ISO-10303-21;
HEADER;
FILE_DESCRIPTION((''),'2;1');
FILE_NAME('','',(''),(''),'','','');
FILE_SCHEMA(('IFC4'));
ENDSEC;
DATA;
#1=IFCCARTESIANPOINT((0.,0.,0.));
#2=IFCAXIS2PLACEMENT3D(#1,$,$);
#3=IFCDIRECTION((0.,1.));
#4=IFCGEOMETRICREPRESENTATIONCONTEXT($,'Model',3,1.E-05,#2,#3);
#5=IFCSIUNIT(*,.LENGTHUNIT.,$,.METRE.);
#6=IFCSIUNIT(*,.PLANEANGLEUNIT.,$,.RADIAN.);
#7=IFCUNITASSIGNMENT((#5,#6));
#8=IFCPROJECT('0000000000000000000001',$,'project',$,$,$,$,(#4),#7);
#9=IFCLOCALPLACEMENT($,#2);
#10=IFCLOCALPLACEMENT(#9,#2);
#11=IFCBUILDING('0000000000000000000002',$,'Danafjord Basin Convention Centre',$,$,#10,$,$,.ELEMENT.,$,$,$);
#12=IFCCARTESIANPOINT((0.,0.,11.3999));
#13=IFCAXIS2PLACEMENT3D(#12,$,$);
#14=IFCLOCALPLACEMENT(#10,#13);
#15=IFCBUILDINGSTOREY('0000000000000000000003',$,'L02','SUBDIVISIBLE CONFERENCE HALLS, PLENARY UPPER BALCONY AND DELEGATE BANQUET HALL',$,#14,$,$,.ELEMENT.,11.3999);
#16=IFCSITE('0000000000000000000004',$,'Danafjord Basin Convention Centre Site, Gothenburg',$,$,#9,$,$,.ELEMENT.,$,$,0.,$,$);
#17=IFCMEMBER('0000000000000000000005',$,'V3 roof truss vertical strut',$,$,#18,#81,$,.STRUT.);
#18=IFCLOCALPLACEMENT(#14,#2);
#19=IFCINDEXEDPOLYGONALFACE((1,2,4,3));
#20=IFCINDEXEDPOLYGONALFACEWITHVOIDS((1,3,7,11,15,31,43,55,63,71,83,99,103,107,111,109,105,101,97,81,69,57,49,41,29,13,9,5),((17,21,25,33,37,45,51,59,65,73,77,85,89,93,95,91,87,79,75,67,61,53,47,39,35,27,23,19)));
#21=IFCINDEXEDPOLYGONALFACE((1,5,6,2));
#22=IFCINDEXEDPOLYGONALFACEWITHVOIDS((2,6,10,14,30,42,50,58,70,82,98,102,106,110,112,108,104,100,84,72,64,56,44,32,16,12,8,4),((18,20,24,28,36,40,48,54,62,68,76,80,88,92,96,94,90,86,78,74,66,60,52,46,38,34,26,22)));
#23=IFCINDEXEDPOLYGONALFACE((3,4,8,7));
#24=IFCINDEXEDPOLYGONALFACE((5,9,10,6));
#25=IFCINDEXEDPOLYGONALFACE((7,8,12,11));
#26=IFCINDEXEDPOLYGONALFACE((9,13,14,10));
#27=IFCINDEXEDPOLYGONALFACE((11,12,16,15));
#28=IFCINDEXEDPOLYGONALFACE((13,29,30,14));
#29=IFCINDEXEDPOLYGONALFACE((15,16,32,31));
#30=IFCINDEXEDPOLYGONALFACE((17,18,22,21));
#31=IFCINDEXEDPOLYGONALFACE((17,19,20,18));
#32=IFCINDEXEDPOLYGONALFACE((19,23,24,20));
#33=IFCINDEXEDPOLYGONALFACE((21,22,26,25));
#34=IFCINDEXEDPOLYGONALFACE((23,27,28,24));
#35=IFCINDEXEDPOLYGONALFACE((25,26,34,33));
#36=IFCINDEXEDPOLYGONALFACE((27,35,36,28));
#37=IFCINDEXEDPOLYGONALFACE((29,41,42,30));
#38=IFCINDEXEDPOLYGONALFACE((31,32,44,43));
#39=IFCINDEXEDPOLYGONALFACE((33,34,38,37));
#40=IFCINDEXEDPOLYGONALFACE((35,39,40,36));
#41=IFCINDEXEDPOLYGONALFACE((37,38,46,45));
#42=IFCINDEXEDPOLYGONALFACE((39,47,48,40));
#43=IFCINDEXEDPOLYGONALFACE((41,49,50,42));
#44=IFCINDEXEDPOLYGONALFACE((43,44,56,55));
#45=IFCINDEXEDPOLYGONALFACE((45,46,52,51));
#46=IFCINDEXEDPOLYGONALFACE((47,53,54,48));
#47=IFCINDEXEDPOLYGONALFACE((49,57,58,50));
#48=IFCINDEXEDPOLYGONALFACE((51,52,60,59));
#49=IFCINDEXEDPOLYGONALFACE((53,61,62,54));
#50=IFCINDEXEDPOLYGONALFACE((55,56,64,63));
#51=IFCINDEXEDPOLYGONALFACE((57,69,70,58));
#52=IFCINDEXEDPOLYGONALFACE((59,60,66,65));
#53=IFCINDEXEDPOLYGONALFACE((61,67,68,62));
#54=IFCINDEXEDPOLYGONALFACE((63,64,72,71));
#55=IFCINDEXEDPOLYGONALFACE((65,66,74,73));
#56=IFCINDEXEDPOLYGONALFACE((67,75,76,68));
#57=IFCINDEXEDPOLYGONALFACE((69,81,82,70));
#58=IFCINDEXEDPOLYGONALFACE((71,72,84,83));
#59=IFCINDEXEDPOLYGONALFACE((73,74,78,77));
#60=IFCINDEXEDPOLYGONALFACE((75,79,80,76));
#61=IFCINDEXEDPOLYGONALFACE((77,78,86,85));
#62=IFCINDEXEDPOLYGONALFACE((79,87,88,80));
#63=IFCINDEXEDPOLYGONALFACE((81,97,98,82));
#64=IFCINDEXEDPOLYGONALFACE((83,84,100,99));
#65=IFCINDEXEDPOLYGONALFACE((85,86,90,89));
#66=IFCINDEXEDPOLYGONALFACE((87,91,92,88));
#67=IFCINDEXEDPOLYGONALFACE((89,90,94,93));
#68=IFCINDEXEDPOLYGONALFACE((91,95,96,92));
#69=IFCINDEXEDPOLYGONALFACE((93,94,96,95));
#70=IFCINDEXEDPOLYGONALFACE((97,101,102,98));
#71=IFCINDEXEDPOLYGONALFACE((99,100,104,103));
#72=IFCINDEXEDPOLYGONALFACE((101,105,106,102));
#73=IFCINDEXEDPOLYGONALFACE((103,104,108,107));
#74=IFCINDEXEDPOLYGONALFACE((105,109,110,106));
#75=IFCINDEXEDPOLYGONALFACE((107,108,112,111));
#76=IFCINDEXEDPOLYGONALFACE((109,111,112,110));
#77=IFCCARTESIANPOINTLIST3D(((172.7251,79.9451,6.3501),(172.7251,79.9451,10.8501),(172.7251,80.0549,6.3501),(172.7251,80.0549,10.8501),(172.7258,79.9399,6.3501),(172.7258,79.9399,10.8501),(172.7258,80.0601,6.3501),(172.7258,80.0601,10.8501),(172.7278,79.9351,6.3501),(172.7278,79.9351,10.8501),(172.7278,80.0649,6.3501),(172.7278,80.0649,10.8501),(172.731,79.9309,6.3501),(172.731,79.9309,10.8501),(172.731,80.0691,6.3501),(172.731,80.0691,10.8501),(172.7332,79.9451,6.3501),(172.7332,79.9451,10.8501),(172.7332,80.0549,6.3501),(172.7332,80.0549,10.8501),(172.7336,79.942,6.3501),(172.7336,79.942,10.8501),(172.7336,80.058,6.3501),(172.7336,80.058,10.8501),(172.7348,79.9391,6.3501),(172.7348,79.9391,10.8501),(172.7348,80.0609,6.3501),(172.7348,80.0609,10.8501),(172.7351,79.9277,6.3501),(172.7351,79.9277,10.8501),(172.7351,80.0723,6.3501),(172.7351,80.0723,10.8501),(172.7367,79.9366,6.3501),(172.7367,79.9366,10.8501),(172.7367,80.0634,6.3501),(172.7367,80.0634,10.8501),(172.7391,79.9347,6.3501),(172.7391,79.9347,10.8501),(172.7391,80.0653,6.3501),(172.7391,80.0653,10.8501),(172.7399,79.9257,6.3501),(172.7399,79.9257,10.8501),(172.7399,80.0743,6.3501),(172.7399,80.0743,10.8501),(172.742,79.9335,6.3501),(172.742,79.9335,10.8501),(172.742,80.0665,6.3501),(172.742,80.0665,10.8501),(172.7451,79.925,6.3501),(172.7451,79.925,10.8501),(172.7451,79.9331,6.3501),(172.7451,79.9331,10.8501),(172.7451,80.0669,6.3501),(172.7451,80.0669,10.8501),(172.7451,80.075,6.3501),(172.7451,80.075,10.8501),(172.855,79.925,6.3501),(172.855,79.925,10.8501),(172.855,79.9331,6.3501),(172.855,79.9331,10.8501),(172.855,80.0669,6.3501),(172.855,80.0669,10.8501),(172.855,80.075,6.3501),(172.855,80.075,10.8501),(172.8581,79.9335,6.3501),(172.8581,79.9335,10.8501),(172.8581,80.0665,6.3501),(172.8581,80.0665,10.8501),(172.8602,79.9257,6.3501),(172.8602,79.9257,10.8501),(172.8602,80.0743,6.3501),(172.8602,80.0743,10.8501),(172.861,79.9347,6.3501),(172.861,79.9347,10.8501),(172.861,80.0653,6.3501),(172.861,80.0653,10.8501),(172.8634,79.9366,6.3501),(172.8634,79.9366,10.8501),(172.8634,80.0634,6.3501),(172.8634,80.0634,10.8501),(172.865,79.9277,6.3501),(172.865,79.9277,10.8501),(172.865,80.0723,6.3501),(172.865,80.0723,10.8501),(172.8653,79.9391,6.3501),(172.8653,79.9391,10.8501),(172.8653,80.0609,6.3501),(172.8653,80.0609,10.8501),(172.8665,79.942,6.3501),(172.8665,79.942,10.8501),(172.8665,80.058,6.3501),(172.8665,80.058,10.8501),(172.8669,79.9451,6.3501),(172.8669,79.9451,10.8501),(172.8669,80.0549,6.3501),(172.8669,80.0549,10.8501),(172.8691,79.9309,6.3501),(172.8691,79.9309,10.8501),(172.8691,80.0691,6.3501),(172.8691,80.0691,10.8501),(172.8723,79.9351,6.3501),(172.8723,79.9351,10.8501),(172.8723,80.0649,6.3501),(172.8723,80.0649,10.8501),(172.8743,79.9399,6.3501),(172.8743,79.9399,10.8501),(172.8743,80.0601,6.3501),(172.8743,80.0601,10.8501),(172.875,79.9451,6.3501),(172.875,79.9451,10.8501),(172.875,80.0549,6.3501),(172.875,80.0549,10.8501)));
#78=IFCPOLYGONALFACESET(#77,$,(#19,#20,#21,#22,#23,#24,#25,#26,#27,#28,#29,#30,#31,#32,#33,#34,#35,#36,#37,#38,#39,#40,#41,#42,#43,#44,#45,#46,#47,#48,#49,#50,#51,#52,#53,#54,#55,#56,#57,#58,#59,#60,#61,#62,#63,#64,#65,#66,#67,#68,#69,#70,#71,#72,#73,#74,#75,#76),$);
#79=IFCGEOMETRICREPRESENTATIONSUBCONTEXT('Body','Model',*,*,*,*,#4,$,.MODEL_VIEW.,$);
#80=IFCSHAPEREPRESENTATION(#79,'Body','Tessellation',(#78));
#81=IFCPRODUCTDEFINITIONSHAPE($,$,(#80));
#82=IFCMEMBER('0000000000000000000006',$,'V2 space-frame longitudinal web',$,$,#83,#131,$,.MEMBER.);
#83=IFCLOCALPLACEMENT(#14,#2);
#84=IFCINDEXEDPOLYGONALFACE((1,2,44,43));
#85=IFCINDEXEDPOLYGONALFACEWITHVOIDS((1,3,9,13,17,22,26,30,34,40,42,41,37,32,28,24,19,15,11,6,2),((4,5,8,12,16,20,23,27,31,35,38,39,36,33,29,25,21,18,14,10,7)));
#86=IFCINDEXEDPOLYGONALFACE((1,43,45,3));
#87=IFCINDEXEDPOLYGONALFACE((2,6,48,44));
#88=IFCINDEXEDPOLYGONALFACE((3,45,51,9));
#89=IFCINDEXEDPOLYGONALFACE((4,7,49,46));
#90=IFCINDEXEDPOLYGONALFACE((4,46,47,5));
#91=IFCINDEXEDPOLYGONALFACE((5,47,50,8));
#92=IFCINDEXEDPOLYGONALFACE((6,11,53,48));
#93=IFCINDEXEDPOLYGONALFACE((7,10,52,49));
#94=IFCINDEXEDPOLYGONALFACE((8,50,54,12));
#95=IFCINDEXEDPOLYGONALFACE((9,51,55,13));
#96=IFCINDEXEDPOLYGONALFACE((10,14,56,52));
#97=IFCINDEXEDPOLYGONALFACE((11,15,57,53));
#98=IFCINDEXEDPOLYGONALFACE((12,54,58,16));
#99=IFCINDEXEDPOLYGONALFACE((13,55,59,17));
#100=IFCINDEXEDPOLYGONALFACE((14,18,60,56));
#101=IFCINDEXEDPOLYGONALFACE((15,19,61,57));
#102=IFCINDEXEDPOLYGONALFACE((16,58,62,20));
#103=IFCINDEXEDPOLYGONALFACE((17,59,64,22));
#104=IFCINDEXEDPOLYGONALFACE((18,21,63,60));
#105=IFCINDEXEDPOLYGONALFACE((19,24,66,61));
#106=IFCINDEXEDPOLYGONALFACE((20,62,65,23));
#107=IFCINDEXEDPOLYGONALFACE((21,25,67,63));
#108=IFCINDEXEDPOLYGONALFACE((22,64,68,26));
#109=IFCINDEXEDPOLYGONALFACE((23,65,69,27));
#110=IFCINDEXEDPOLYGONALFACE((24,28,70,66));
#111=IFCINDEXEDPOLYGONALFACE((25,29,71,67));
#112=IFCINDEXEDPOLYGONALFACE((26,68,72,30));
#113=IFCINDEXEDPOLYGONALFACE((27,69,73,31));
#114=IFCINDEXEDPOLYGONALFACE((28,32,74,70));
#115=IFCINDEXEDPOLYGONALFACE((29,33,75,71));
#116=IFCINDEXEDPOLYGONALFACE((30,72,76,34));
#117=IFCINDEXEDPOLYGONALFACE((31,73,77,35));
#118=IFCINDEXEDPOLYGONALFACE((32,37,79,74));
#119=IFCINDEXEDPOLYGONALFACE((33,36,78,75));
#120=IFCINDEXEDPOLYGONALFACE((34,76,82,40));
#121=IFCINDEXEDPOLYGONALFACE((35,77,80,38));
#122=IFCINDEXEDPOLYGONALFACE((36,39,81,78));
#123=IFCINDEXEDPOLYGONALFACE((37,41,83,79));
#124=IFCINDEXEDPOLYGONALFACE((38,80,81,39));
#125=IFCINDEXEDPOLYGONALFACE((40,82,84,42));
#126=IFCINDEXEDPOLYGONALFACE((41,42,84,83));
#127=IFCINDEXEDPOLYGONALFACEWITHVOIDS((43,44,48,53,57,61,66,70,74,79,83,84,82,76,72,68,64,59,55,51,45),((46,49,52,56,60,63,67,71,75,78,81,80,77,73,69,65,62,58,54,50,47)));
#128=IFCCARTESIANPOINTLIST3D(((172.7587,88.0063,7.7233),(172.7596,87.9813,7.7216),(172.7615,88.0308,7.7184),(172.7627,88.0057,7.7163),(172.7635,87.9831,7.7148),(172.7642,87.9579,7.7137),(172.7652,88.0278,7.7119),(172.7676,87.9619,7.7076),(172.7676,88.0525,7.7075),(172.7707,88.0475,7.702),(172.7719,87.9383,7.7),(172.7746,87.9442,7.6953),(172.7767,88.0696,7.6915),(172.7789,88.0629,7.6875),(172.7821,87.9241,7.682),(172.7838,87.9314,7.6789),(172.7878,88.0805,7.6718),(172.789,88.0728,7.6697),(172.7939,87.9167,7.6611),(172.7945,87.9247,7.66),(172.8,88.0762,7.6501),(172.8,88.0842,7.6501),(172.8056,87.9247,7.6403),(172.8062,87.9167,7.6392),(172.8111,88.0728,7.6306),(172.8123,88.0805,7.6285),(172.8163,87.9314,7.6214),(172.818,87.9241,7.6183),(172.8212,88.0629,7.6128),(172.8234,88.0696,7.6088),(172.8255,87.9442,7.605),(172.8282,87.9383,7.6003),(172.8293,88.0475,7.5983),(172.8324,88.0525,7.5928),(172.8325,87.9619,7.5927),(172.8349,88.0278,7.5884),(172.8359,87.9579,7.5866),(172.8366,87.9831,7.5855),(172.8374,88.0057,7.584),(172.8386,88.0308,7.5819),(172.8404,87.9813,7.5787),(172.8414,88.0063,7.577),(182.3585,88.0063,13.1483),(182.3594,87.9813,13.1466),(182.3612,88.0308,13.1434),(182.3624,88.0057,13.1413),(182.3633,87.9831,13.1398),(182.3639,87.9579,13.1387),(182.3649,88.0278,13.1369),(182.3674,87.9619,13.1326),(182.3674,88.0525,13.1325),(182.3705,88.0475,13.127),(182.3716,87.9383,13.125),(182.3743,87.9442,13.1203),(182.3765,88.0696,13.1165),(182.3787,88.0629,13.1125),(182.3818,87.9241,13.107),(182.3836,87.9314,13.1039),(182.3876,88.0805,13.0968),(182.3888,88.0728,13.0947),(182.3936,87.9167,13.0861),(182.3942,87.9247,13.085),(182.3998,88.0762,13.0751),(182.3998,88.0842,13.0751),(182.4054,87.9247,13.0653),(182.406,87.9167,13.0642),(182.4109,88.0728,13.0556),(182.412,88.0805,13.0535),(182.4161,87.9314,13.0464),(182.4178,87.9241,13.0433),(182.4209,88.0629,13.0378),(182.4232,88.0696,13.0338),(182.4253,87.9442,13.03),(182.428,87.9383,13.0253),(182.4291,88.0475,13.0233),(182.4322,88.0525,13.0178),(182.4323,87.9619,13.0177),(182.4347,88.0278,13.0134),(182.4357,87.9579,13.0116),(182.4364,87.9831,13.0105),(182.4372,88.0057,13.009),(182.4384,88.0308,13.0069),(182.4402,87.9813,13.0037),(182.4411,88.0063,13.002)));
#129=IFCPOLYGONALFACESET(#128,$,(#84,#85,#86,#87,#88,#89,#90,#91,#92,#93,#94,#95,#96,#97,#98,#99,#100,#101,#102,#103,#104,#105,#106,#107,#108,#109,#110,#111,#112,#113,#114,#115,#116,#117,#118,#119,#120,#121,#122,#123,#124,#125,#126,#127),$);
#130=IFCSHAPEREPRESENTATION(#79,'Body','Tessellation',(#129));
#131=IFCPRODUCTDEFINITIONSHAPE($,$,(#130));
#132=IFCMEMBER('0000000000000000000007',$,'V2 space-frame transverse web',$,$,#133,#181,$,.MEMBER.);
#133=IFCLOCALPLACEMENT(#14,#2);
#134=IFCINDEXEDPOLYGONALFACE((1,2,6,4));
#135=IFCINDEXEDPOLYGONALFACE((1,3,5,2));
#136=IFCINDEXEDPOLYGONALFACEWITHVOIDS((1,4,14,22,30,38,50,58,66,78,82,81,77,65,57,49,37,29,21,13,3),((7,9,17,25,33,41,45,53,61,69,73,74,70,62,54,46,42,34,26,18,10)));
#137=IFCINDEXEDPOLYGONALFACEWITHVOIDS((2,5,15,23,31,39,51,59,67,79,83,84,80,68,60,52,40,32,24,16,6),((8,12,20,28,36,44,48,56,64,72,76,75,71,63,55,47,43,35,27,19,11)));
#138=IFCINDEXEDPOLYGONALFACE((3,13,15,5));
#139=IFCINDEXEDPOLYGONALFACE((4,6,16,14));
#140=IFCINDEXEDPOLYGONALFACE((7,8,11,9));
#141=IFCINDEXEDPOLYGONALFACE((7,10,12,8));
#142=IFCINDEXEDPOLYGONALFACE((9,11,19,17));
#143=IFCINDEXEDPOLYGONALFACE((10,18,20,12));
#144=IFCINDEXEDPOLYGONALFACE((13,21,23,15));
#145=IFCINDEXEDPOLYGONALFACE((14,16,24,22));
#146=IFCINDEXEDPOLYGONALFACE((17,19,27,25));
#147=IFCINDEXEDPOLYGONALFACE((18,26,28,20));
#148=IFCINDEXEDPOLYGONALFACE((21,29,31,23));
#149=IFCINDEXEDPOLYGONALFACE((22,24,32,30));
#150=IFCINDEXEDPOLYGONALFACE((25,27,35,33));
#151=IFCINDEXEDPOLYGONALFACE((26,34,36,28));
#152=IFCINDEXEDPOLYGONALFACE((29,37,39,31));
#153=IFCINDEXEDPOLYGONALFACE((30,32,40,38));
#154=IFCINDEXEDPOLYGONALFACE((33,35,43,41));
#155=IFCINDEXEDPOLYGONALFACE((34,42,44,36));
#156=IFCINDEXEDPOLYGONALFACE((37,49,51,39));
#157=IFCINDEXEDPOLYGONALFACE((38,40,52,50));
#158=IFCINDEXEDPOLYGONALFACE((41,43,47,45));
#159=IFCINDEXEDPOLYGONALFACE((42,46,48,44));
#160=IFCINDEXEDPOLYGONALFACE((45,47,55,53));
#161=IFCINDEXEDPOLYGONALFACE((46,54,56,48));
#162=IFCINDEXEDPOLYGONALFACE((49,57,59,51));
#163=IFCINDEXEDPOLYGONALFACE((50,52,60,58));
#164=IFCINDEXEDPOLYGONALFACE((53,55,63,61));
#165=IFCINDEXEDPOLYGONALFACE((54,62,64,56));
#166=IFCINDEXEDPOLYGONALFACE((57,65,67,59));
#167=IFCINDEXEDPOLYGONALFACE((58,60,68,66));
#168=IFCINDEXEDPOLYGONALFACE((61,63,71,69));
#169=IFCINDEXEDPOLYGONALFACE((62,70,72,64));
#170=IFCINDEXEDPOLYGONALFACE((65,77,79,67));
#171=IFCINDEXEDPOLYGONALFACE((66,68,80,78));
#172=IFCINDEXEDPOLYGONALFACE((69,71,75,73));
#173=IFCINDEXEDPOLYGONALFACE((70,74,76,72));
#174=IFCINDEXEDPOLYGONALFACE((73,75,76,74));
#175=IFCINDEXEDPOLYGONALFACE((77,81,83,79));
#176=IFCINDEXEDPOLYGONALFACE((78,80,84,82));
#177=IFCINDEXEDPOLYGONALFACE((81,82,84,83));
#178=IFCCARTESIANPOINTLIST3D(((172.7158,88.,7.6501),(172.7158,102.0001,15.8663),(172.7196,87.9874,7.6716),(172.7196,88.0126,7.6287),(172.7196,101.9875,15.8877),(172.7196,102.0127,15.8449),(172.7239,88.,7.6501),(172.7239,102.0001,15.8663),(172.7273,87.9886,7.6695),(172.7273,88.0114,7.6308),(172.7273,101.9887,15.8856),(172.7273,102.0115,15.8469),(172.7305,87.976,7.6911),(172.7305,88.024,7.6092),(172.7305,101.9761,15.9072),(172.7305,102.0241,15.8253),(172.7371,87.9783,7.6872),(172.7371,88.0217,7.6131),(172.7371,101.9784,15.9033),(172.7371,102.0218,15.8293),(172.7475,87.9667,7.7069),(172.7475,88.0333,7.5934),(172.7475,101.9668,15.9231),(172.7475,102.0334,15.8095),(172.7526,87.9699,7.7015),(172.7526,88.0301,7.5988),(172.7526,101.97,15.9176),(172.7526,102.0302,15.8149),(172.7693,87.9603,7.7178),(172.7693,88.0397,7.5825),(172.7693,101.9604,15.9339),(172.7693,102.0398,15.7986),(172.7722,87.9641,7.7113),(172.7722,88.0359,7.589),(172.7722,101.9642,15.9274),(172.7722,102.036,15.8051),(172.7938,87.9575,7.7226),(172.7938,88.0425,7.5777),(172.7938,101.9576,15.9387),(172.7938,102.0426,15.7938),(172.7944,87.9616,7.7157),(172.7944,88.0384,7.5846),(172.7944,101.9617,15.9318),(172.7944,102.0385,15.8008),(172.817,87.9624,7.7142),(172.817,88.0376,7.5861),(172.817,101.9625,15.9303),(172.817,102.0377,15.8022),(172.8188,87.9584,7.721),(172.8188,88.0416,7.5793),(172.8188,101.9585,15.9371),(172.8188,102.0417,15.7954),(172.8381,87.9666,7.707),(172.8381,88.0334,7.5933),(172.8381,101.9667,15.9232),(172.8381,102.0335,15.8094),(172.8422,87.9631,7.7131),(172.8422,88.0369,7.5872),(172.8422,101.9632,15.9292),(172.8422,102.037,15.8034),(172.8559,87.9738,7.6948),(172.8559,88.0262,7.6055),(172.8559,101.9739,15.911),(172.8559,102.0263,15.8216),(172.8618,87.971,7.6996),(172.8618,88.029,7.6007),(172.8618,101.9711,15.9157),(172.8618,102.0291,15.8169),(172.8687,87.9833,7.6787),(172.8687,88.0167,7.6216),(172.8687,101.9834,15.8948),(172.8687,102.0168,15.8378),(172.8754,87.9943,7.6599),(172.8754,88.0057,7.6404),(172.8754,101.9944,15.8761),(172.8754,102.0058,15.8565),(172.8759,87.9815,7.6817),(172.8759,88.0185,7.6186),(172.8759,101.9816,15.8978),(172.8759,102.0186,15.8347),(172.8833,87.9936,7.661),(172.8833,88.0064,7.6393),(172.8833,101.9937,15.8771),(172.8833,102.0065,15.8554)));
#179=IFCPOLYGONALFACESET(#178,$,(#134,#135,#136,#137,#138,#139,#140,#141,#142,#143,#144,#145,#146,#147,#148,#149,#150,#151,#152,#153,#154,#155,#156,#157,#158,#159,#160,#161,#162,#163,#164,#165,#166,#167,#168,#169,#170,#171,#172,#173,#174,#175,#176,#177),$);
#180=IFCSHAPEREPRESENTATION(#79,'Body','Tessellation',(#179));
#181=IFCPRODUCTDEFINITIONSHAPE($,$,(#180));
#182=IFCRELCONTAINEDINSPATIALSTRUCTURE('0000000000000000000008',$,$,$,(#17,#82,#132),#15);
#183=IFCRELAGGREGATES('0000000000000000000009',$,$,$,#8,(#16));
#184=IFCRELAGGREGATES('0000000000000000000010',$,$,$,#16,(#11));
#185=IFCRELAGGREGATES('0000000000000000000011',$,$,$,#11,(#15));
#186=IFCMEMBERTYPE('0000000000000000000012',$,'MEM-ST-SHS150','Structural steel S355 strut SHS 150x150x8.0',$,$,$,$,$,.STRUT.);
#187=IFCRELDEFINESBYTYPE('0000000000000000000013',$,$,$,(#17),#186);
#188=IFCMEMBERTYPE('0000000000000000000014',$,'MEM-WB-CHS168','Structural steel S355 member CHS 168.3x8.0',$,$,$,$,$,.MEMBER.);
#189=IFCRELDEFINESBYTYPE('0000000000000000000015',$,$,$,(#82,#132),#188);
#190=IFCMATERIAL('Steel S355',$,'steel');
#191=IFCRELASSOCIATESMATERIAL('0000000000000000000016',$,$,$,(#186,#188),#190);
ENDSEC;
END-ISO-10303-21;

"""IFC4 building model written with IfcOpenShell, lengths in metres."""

from ifc_helpers import new_model, si_unit, direction, frame, origin, origin_2d, place, context, subcontext, project, spatial, hollow_rectangle, hollow_circle, extrude, material, material_profile, profile_set, type_object, element, save


model = new_model("IFC4")

# Units and contexts
model_context = context("Model", 3, precision=1e-05, world=origin(), true_north=direction((0.0, 1.0)))
body_context = subcontext(model_context, "Body", "Model", "MODEL_VIEW")
ifc_project = project(units=[si_unit("LENGTHUNIT", "METRE"), si_unit("PLANEANGLEUNIT", "RADIAN")], contexts=[model_context])

# Site, building, storey
site_placement = place(None, origin())
site = spatial("IfcSite", under=ifc_project, at=site_placement, Name="Danafjord Basin Convention Centre Site, Gothenburg", CompositionType="ELEMENT", RefElevation=0.0)
building_placement = place(site_placement, origin())
building = spatial("IfcBuilding", under=site, at=building_placement, Name="Danafjord Basin Convention Centre", CompositionType="ELEMENT")
storey_placement = place(building_placement, frame((0.0, 0.0, 11.3999)))
storey = spatial("IfcBuildingStorey", under=building, at=storey_placement, Name="L02", Description="SUBDIVISIBLE CONFERENCE HALLS, PLENARY UPPER BALCONY AND DELEGATE BANQUET HALL", CompositionType="ELEMENT", Elevation=11.3999)

# Shared definitions
ifc_material_1 = material(Name="Steel S355", Category="steel")

# Members
ifc_material_profile_1 = material_profile(ifc_material_1, hollow_rectangle(XDim=0.1499, YDim=0.1499, WallThickness=0.0081, InnerFilletRadius=0.012, OuterFilletRadius=0.02, at=origin_2d()), Name="SHS 150x150x8.0")
ifc_profile_set_1 = profile_set([ifc_material_profile_1], Name="Steel S355")
member_type_1 = type_object("IfcMemberType", Name="MEM-ST-SHS150", Description="Structural steel S355 strut SHS 150x150x8.0", PredefinedType="STRUT", material=ifc_profile_set_1)
member_1_placement = place(storey_placement, frame((172.8, 80.0, 6.3501), z_axis=(0.0, 0.0, 1.0), x_axis=(1.0, 0.0, 0.0)))
element("IfcMember", 1, at=member_1_placement, inside=storey, type_object=member_type_1, Name="V3 roof truss vertical strut", PredefinedType="STRUT", context=body_context, shape_type="SweptSolid", body=[
    extrude(hollow_rectangle(XDim=0.1499, YDim=0.1499, WallThickness=0.0081, InnerFilletRadius=0.012, OuterFilletRadius=0.02, at=origin_2d()), origin(), (0.0, 0.0, 1.0), 4.5),
])
ifc_material_profile_2 = material_profile(ifc_material_1, hollow_circle(Radius=0.0842, WallThickness=0.0081, at=origin_2d()), Name="CHS 168.3x8.0")
ifc_profile_set_2 = profile_set([ifc_material_profile_2], Name="Steel S355")
member_type_2 = type_object("IfcMemberType", Name="MEM-WB-CHS168", Description="Structural steel S355 member CHS 168.3x8.0", PredefinedType="MEMBER", material=ifc_profile_set_2)
member_2_placement = place(storey_placement, frame((172.8, 88.0, 7.6501), z_axis=(0.8706, 0.0, 0.491992), x_axis=(0.0, 1.0, 0.0)))
element("IfcMember", 2, at=member_2_placement, inside=storey, type_object=member_type_2, Name="V2 space-frame longitudinal web", PredefinedType="MEMBER", context=body_context, shape_type="SweptSolid", body=[
    extrude(hollow_circle(Radius=0.0842, WallThickness=0.0081, at=origin_2d()), origin(), (0.0, 0.0, 1.0), 11.0266),
])
member_3_placement = place(storey_placement, frame((172.8, 88.0, 7.6501), z_axis=(0.0, 0.862451, 0.50614), x_axis=(-1.0, 0.0, 0.0)))
element("IfcMember", 3, at=member_3_placement, inside=storey, type_object=member_type_2, Name="V2 space-frame transverse web", PredefinedType="MEMBER", context=body_context, shape_type="SweptSolid", body=[
    extrude(hollow_circle(Radius=0.0842, WallThickness=0.0081, at=origin_2d()), origin(), (0.0, 0.0, 1.0), 16.2329),
])

save(model, "model.ifc")
